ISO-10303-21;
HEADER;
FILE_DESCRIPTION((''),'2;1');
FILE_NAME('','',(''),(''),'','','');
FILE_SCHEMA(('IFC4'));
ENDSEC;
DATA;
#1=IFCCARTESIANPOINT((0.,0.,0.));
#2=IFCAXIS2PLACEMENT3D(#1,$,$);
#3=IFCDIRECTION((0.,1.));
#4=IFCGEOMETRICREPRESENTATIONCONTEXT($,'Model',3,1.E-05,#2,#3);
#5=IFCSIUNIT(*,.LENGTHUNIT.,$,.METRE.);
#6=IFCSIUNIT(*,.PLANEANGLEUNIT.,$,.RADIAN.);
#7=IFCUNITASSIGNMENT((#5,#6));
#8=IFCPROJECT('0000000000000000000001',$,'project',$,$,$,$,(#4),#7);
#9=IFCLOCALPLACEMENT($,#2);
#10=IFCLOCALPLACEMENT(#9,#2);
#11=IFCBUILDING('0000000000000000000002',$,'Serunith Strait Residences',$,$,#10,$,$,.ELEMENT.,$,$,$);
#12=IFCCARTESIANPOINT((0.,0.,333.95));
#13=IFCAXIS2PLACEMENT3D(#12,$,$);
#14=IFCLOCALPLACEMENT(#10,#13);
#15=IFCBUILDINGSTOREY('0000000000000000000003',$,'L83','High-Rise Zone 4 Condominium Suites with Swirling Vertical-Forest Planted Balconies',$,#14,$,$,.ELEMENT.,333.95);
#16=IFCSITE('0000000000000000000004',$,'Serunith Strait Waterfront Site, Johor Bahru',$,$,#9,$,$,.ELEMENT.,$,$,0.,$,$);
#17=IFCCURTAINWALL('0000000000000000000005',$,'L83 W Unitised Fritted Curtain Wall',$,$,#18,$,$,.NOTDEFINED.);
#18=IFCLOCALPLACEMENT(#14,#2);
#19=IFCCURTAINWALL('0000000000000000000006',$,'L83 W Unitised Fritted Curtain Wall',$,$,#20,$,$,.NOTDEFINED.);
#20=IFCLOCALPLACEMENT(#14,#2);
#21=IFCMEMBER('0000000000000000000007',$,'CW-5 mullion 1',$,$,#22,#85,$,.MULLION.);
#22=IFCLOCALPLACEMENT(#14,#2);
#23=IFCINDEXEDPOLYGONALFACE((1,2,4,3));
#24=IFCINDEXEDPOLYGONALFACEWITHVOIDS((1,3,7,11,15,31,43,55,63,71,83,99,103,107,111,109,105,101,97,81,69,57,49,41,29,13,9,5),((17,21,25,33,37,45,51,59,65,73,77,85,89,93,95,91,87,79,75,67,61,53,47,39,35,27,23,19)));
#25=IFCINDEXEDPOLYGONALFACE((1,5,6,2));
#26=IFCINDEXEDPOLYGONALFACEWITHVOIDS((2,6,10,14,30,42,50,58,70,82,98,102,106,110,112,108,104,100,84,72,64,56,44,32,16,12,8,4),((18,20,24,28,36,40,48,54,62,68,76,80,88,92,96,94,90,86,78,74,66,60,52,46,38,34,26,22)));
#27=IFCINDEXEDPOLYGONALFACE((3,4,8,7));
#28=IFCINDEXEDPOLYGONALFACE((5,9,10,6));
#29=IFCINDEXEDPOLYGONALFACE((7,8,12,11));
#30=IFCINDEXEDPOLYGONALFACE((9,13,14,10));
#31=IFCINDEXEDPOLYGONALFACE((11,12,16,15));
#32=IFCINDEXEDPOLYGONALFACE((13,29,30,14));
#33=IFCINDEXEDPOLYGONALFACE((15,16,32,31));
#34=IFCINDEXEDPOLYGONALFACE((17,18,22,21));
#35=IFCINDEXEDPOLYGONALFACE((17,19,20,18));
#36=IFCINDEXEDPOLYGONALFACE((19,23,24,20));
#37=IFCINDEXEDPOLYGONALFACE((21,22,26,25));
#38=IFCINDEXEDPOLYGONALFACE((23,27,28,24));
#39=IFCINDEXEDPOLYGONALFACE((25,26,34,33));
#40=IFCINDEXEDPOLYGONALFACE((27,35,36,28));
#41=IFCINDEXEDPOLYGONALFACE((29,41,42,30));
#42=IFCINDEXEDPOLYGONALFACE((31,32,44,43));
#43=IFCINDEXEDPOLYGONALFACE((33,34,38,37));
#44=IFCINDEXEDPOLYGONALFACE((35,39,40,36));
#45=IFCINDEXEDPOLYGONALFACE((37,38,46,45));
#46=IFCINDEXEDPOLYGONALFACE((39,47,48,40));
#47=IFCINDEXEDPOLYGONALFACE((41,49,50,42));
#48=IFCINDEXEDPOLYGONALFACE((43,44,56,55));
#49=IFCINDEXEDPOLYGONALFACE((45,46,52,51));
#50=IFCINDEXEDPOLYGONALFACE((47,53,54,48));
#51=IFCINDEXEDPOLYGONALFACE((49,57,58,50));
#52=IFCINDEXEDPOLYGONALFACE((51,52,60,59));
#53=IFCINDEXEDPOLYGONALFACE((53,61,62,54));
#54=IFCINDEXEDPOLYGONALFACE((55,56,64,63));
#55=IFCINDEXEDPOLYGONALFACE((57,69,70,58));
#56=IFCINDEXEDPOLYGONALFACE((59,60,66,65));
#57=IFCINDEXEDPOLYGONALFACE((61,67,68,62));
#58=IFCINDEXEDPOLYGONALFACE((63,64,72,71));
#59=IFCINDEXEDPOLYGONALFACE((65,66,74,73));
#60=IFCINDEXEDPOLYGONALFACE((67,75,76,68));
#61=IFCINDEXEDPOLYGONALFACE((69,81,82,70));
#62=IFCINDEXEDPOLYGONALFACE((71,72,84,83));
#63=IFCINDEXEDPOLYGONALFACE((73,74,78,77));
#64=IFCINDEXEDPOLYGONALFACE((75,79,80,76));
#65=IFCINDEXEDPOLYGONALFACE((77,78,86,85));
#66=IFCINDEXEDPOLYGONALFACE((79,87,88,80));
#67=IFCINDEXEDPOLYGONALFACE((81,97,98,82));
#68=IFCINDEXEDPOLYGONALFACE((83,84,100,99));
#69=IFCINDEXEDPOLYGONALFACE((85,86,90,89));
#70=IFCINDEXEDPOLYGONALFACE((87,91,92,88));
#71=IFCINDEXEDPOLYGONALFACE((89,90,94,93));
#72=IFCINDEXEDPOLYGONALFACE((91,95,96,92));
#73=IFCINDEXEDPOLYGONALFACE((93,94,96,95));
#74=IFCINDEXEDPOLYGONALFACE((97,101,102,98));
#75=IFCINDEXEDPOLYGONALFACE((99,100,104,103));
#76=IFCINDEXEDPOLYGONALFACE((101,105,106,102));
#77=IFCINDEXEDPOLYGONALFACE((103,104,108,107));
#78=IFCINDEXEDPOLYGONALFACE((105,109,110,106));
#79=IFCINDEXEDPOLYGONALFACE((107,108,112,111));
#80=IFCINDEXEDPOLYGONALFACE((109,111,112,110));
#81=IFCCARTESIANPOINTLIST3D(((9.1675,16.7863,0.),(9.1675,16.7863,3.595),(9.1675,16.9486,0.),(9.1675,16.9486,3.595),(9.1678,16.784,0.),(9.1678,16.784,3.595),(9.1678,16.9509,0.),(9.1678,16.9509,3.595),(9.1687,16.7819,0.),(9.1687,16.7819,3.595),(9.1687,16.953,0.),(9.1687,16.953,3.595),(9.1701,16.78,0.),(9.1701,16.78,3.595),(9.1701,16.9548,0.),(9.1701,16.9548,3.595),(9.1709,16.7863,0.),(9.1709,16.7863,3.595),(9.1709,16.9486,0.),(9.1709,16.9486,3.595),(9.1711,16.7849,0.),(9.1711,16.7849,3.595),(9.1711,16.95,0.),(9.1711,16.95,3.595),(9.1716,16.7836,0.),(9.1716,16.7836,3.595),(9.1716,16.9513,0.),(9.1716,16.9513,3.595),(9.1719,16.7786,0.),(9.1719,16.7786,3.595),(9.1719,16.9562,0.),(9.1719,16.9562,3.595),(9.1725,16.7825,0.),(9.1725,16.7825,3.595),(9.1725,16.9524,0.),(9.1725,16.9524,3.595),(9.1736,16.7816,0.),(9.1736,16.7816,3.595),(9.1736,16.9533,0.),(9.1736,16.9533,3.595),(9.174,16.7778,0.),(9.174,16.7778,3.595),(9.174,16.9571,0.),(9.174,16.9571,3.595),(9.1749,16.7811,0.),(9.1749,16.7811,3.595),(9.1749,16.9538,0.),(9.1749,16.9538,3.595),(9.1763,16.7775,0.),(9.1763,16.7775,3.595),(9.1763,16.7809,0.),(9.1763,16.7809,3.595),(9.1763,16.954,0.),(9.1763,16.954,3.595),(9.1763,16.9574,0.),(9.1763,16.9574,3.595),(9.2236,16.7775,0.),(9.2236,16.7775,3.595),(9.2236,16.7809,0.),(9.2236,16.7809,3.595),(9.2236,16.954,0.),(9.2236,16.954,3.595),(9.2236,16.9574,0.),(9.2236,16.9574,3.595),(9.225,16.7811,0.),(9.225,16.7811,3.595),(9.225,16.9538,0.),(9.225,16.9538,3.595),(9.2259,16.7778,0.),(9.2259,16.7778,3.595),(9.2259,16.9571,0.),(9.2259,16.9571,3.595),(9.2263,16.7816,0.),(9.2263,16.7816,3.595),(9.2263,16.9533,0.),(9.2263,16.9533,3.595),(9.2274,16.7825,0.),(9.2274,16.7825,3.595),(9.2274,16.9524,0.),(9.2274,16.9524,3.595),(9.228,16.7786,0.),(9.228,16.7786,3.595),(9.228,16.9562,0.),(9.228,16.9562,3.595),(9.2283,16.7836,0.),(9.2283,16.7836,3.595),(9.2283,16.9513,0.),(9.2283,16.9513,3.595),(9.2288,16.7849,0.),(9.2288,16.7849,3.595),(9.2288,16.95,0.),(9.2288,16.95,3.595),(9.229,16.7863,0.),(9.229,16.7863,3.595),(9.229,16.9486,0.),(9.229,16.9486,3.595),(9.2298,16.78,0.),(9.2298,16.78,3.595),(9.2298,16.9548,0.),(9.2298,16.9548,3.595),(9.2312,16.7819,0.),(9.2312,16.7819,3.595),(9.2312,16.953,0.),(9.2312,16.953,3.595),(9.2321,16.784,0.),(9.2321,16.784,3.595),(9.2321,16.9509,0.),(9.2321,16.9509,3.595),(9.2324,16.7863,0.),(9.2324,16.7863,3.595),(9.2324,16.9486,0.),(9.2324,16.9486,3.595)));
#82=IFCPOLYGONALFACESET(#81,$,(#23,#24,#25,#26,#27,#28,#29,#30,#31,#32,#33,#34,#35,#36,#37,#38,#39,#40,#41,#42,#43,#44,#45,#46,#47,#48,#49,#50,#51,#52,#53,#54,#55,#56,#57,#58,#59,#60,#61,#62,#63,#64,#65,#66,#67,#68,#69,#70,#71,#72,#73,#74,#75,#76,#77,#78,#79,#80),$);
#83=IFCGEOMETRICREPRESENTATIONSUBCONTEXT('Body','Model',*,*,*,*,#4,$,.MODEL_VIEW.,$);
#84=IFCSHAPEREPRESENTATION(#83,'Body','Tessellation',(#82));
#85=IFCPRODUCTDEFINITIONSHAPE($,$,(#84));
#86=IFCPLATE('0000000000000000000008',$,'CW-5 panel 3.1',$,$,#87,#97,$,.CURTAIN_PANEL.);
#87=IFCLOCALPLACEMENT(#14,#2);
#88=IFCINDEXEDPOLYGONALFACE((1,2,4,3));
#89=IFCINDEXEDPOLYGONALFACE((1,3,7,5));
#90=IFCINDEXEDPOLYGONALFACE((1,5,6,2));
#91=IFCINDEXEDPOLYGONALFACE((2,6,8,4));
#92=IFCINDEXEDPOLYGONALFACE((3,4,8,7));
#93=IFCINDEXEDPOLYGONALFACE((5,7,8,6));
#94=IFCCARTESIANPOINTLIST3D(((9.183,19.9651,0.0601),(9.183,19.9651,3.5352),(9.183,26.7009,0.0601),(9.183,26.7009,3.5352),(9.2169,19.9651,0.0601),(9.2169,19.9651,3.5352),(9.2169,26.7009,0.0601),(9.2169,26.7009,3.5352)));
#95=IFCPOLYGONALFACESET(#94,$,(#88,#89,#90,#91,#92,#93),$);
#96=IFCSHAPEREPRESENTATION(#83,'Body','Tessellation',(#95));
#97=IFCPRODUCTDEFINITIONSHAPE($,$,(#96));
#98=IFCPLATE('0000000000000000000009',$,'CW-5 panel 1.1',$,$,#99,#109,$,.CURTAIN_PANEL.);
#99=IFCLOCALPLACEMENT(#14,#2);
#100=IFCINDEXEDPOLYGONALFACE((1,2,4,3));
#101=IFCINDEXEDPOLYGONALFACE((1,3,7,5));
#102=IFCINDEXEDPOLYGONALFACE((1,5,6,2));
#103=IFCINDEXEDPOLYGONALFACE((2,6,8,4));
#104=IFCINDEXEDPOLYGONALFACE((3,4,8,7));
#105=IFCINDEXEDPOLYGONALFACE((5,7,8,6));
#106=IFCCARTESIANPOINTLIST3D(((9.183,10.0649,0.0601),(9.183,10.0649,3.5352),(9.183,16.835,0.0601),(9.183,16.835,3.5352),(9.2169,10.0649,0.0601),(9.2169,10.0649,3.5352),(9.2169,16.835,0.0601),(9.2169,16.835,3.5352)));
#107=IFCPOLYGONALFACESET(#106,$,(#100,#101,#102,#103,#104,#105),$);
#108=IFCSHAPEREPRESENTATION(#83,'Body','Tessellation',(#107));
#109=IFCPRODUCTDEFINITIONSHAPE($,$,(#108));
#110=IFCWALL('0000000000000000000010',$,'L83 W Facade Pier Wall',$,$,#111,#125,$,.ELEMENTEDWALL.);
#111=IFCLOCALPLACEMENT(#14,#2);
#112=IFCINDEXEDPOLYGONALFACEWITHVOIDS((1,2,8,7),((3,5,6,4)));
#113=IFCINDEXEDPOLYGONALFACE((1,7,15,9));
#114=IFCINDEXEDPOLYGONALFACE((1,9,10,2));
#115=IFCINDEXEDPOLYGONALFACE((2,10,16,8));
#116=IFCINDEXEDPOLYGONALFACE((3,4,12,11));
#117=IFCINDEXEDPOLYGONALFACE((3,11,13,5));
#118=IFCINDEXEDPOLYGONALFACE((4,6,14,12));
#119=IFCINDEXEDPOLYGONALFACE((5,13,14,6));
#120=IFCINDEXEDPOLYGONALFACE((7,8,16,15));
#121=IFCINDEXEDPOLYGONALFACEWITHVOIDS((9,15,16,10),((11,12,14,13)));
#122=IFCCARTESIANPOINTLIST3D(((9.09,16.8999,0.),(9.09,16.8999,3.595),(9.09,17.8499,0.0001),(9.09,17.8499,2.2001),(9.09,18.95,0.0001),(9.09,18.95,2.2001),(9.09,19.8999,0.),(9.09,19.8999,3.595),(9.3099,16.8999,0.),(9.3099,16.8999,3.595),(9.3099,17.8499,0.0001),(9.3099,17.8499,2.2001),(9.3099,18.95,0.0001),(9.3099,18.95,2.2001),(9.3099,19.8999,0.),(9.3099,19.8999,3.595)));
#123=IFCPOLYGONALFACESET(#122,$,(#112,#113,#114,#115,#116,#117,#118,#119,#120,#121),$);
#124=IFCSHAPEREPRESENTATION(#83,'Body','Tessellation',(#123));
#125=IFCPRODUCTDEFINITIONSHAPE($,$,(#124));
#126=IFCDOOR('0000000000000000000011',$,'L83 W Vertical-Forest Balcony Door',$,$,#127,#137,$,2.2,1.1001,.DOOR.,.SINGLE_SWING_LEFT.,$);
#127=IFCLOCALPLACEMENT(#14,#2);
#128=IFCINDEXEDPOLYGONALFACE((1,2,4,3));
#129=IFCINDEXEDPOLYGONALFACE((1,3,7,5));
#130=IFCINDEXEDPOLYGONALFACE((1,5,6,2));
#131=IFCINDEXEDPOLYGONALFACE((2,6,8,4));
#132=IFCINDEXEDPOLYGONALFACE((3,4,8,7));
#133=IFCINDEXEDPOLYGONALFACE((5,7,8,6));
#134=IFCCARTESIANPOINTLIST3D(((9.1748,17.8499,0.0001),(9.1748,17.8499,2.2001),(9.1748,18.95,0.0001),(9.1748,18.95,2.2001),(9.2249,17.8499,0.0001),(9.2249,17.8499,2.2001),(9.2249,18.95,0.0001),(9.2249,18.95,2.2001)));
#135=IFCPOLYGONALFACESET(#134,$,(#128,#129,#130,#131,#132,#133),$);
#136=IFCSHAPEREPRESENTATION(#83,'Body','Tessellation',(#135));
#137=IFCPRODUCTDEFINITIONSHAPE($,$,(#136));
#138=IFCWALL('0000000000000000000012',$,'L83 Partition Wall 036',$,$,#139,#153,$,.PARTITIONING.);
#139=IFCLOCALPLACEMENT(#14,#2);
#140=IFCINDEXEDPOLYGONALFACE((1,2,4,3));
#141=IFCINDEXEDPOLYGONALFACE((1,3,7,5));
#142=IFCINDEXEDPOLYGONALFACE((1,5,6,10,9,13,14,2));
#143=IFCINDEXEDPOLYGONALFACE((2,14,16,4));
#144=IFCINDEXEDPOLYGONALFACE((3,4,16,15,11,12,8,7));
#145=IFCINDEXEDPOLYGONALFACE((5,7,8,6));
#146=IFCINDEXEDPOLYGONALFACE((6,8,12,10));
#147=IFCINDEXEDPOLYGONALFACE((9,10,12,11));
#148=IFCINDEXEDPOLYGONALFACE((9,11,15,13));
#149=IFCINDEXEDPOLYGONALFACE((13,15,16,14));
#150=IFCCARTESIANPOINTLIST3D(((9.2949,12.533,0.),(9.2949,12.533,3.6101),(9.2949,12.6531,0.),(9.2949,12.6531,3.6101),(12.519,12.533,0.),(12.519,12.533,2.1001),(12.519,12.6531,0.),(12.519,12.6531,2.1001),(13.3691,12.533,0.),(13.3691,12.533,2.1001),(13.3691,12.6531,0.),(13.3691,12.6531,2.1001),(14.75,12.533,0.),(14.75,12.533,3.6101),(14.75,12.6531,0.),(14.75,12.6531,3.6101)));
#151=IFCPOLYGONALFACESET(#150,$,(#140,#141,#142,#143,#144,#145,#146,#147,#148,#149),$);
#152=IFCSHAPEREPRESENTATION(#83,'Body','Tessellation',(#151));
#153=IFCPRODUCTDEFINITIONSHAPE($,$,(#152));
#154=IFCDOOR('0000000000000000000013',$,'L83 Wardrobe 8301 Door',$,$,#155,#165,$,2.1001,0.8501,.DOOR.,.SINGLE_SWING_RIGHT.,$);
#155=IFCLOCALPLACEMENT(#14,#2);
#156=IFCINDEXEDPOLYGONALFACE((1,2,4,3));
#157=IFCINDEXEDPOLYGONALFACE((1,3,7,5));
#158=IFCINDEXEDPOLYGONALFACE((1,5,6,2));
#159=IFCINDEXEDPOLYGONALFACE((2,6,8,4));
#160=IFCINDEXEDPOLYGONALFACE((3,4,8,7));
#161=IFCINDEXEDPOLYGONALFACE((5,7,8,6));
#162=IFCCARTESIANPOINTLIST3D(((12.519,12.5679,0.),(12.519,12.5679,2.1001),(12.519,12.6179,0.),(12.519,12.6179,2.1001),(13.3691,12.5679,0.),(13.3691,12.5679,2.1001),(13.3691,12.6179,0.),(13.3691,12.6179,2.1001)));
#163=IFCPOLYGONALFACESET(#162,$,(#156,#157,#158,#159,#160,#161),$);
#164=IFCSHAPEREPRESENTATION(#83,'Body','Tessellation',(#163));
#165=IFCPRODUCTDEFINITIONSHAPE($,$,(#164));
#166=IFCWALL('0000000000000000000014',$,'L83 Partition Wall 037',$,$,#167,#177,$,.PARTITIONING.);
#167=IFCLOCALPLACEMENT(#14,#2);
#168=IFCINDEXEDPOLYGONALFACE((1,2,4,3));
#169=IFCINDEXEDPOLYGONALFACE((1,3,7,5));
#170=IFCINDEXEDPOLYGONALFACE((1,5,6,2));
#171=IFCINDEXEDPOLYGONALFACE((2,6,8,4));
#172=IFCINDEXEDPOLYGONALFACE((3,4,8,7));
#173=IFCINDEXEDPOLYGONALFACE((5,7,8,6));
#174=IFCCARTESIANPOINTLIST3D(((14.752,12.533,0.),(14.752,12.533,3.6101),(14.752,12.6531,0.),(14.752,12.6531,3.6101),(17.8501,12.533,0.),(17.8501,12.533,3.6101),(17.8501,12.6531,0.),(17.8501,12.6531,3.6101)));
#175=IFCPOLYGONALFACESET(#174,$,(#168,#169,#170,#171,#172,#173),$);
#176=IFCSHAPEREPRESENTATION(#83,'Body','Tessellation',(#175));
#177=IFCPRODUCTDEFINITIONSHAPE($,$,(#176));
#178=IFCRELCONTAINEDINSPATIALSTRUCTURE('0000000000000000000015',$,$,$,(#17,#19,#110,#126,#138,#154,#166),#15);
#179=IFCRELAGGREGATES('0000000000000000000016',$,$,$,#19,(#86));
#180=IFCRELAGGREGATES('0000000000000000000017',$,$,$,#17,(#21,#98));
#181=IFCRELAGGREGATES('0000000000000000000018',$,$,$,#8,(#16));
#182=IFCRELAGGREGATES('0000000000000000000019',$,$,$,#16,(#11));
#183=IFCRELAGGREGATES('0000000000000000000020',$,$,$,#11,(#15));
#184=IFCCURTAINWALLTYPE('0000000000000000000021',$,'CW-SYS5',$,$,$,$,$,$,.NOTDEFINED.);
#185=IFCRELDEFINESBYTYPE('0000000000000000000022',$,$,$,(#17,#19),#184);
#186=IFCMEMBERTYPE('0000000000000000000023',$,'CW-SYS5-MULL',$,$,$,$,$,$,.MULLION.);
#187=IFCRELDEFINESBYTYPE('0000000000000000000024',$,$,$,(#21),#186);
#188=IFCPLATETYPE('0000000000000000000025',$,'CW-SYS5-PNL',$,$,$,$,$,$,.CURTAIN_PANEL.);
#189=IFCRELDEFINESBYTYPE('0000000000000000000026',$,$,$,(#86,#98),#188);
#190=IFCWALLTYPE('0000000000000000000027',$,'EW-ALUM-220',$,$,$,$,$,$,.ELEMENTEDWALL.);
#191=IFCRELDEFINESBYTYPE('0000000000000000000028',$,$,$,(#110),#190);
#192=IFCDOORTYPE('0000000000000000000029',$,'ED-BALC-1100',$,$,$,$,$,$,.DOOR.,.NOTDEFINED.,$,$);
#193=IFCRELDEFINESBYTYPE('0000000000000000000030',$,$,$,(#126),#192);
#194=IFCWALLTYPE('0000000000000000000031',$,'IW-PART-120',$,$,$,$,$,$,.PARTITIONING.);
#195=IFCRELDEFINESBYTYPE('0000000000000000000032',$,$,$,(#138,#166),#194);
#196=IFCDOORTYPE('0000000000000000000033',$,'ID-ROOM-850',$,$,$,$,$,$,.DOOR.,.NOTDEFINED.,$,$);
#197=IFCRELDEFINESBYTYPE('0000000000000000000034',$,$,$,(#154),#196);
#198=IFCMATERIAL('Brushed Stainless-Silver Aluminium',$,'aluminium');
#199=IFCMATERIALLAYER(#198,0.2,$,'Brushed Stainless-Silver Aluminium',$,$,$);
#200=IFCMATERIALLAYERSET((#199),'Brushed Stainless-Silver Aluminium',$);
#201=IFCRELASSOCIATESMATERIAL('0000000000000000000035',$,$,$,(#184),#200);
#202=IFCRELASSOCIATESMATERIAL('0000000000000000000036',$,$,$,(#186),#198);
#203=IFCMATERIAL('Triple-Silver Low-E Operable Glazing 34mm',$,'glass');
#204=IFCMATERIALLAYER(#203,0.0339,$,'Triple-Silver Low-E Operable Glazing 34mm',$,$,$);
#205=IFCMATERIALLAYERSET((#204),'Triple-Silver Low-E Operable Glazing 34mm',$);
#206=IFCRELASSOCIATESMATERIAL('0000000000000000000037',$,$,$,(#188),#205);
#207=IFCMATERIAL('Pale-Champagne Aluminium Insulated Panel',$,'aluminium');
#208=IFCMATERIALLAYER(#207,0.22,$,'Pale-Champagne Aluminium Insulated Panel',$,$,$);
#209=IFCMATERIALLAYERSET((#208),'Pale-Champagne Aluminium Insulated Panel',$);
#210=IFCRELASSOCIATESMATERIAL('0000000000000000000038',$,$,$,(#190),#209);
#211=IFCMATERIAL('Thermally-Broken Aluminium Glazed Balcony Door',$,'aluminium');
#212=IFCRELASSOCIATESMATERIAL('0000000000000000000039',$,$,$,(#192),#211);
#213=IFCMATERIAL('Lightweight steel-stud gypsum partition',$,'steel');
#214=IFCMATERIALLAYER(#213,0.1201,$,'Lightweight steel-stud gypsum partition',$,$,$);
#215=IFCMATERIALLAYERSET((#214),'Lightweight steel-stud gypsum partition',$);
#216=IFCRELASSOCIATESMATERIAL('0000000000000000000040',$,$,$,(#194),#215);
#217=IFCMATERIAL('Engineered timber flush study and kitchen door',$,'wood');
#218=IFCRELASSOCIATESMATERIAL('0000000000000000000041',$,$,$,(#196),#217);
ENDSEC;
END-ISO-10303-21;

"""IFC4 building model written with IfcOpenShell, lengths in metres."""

from ifc_helpers import new_model, si_unit, direction, frame, frame_2d, origin, origin_2d, place, context, subcontext, project, spatial, rectangle, hollow_rectangle, extrude, source, transform, mapped, material, layer, layer_set, material_profile, profile_set, type_object, element, fill, aggregate, save


model = new_model("IFC4")

# Units and contexts
model_context = context("Model", 3, precision=1e-05, world=origin(), true_north=direction((0.0, 1.0)))
body_context = subcontext(model_context, "Body", "Model", "MODEL_VIEW")
ifc_project = project(units=[si_unit("LENGTHUNIT", "METRE"), si_unit("PLANEANGLEUNIT", "RADIAN")], contexts=[model_context])

# Site, building, storey
site_placement = place(None, origin())
site = spatial("IfcSite", under=ifc_project, at=site_placement, Name="Serunith Strait Waterfront Site, Johor Bahru", CompositionType="ELEMENT", RefElevation=0.0)
building_placement = place(site_placement, origin())
building = spatial("IfcBuilding", under=site, at=building_placement, Name="Serunith Strait Residences", CompositionType="ELEMENT")
storey_placement = place(building_placement, frame((0.0, 0.0, 333.95)))
storey = spatial("IfcBuildingStorey", under=building, at=storey_placement, Name="L83", Description="High-Rise Zone 4 Condominium Suites with Swirling Vertical-Forest Planted Balconies", CompositionType="ELEMENT", Elevation=333.95)

# Curtain wall
ifc_material_1 = material(Name="Brushed Stainless-Silver Aluminium", Category="aluminium")
ifc_layer_1 = layer(ifc_material_1, 0.2, Name="Brushed Stainless-Silver Aluminium")
ifc_layer_set_1 = layer_set([ifc_layer_1], Name="Brushed Stainless-Silver Aluminium")
curtain_wall_type = type_object("IfcCurtainWallType", Name="CW-SYS5", PredefinedType="NOTDEFINED", material=ifc_layer_set_1)
curtain_wall_1_placement = place(storey_placement, origin())
curtain_wall_1 = element("IfcCurtainWall", 1, at=curtain_wall_1_placement, inside=storey, type_object=curtain_wall_type, Name="L83 W Unitised Fritted Curtain Wall", PredefinedType="NOTDEFINED")

# Curtain wall
curtain_wall_2_placement = place(storey_placement, origin())
curtain_wall_2 = element("IfcCurtainWall", 2, at=curtain_wall_2_placement, inside=storey, type_object=curtain_wall_type, Name="L83 W Unitised Fritted Curtain Wall", PredefinedType="NOTDEFINED")
ifc_material_profile_1 = material_profile(ifc_material_1, hollow_rectangle(XDim=0.0649, YDim=0.1799, WallThickness=0.0034, InnerFilletRadius=0.0054, OuterFilletRadius=0.0088, at=origin_2d()), Name="ALU 180x65x3.5")
ifc_profile_set_1 = profile_set([ifc_material_profile_1], Name="Brushed Stainless-Silver Aluminium")
member_type_1 = type_object("IfcMemberType", Name="CW-SYS5-MULL", PredefinedType="MULLION", material=ifc_profile_set_1)
shared_shape_1 = source(origin(), body_context, "Body", "SweptSolid", [
    extrude(hollow_rectangle(XDim=0.0649, YDim=0.1799, WallThickness=0.0034, InnerFilletRadius=0.0054, OuterFilletRadius=0.0088, at=origin_2d()), origin(), (0.0, 0.0, 1.0), 3.595),
])

# Member
member_1_placement = place(storey_placement, frame((9.2, 16.8674, 0.0), z_axis=(0.0, 0.0, 1.0), x_axis=(1.0, 0.0, 0.0)))
member_1 = element("IfcMember", 3, at=member_1_placement, type_object=member_type_1, Name="CW-5 mullion 1", PredefinedType="MULLION", context=body_context, shape_type="MappedRepresentation", body=[
    mapped(shared_shape_1, transform((0.0, 0.0, 0.0), scale=1.0)),
])

# Plates
ifc_material_2 = material(Name="Triple-Silver Low-E Operable Glazing 34mm", Category="glass")
ifc_layer_2 = layer(ifc_material_2, 0.0339, Name="Triple-Silver Low-E Operable Glazing 34mm")
ifc_layer_set_2 = layer_set([ifc_layer_2], Name="Triple-Silver Low-E Operable Glazing 34mm")
plate_type = type_object("IfcPlateType", Name="CW-SYS5-PNL", PredefinedType="CURTAIN_PANEL", material=ifc_layer_set_2)
shared_shape_2 = source(origin(), body_context, "Body", "SweptSolid", [
    extrude(rectangle(XDim=6.7358, YDim=0.0339, at=origin_2d()), origin(), (0.0, 0.0, 1.0), 3.4751),
])
plate_1_placement = place(storey_placement, frame((9.2, 23.333, 0.0601), z_axis=(0.0, 0.0, 1.0), x_axis=(0.0, -1.0, 0.0)))
plate_1 = element("IfcPlate", 4, at=plate_1_placement, type_object=plate_type, Name="CW-5 panel 3.1", PredefinedType="CURTAIN_PANEL", context=body_context, shape_type="MappedRepresentation", body=[
    mapped(shared_shape_2, transform((0.0, 0.0, 0.0), scale=1.0)),
])
aggregate(curtain_wall_2, [plate_1])
shared_shape_3 = source(origin(), body_context, "Body", "SweptSolid", [
    extrude(rectangle(XDim=6.77, YDim=0.0339, at=origin_2d()), origin(), (0.0, 0.0, 1.0), 3.4751),
])
plate_2_placement = place(storey_placement, frame((9.2, 13.45, 0.0601), z_axis=(0.0, 0.0, 1.0), x_axis=(0.0, -1.0, 0.0)))
plate_2 = element("IfcPlate", 5, at=plate_2_placement, type_object=plate_type, Name="CW-5 panel 1.1", PredefinedType="CURTAIN_PANEL", context=body_context, shape_type="MappedRepresentation", body=[
    mapped(shared_shape_3, transform((0.0, 0.0, 0.0), scale=1.0)),
])
aggregate(curtain_wall_1, [member_1, plate_2])

# Walls, openings, doors
ifc_material_3 = material(Name="Pale-Champagne Aluminium Insulated Panel", Category="aluminium")
ifc_layer_3 = layer(ifc_material_3, 0.22, Name="Pale-Champagne Aluminium Insulated Panel")
ifc_layer_set_3 = layer_set([ifc_layer_3], Name="Pale-Champagne Aluminium Insulated Panel")
wall_type_1 = type_object("IfcWallType", Name="EW-ALUM-220", PredefinedType="ELEMENTEDWALL", material=ifc_layer_set_3)
wall_1_placement = place(storey_placement, frame((9.2, 19.8999, 0.0), z_axis=(0.0, 0.0, 1.0), x_axis=(0.0, -1.0, 0.0)))
wall_1 = element("IfcWall", 6, at=wall_1_placement, inside=storey, type_object=wall_type_1, Name="L83 W Facade Pier Wall", PredefinedType="ELEMENTEDWALL", context=body_context, shape_type="SweptSolid", body=[
    extrude(rectangle(XDim=3.0, YDim=0.22, at=frame_2d((1.5, 0.0))), origin(), (0.0, 0.0, 1.0), 3.595),
])
opening_1_placement = place(wall_1_placement, frame((0.95, 0.0, 0.0)))
opening_1 = element("IfcOpeningElement", 7, at=opening_1_placement, cuts=wall_1, PredefinedType="OPENING", context=body_context, shape_type="SweptSolid", body=[
    extrude(rectangle(XDim=1.1001, YDim=2.2, at=frame_2d((0.55, 1.1001))), frame((0.0, 0.1201, 0.0), z_axis=(0.0, -1.0, 0.0), x_axis=(1.0, 0.0, 0.0)), (0.0, 0.0, 1.0), 0.24),
])
ifc_material_4 = material(Name="Thermally-Broken Aluminium Glazed Balcony Door", Category="aluminium")
door_type_1 = type_object("IfcDoorType", Name="ED-BALC-1100", OperationType="NOTDEFINED", PredefinedType="DOOR", material=ifc_material_4)
shared_shape_4 = source(origin(), body_context, "Body", "SweptSolid", [
    extrude(rectangle(XDim=1.1001, YDim=2.2, at=frame_2d((0.55, 1.1001))), frame((0.0, 0.0249, 0.0), z_axis=(0.0, -1.0, 0.0), x_axis=(1.0, 0.0, 0.0)), (0.0, 0.0, 1.0), 0.05),
])
door_1_placement = place(opening_1_placement, origin())
door_1 = element("IfcDoor", 8, at=door_1_placement, inside=storey, type_object=door_type_1, Name="L83 W Vertical-Forest Balcony Door", OperationType="SINGLE_SWING_LEFT", OverallHeight=2.2, OverallWidth=1.1001, PredefinedType="DOOR", context=body_context, shape_type="MappedRepresentation", body=[
    mapped(shared_shape_4, transform((0.0, 0.0, 0.0), scale=1.0)),
])
fill(opening_1, door_1)
ifc_material_5 = material(Name="Lightweight steel-stud gypsum partition", Category="steel")
ifc_layer_4 = layer(ifc_material_5, 0.1201, Name="Lightweight steel-stud gypsum partition")
ifc_layer_set_4 = layer_set([ifc_layer_4], Name="Lightweight steel-stud gypsum partition")
wall_type_2 = type_object("IfcWallType", Name="IW-PART-120", PredefinedType="PARTITIONING", material=ifc_layer_set_4)
wall_2_placement = place(storey_placement, frame((9.2949, 12.593, 0.0), z_axis=(0.0, 0.0, 1.0), x_axis=(1.0, 0.0, 0.0)))
wall_2 = element("IfcWall", 9, at=wall_2_placement, inside=storey, type_object=wall_type_2, Name="L83 Partition Wall 036", PredefinedType="PARTITIONING", context=body_context, shape_type="SweptSolid", body=[
    extrude(rectangle(XDim=5.4551, YDim=0.1201, at=frame_2d((2.7275, 0.0))), origin(), (0.0, 0.0, 1.0), 3.6101),
])
opening_2_placement = place(wall_2_placement, frame((3.2241, 0.0, 0.0)))
opening_2 = element("IfcOpeningElement", 10, at=opening_2_placement, cuts=wall_2, PredefinedType="OPENING", context=body_context, shape_type="SweptSolid", body=[
    extrude(rectangle(XDim=0.8501, YDim=2.1001, at=frame_2d((0.425, 1.05))), frame((0.0, 0.0701, 0.0), z_axis=(0.0, -1.0, 0.0), x_axis=(1.0, 0.0, 0.0)), (0.0, 0.0, 1.0), 0.1401),
])
ifc_material_6 = material(Name="Engineered timber flush study and kitchen door", Category="wood")
door_type_2 = type_object("IfcDoorType", Name="ID-ROOM-850", OperationType="NOTDEFINED", PredefinedType="DOOR", material=ifc_material_6)
shared_shape_5 = source(origin(), body_context, "Body", "SweptSolid", [
    extrude(rectangle(XDim=0.8501, YDim=2.1001, at=frame_2d((0.425, 1.05))), frame((0.0, 0.0249, 0.0), z_axis=(0.0, -1.0, 0.0), x_axis=(1.0, 0.0, 0.0)), (0.0, 0.0, 1.0), 0.05),
])
door_2_placement = place(opening_2_placement, origin())
door_2 = element("IfcDoor", 11, at=door_2_placement, inside=storey, type_object=door_type_2, Name="L83 Wardrobe 8301 Door", OperationType="SINGLE_SWING_RIGHT", OverallHeight=2.1001, OverallWidth=0.8501, PredefinedType="DOOR", context=body_context, shape_type="MappedRepresentation", body=[
    mapped(shared_shape_5, transform((0.0, 0.0, 0.0), scale=1.0)),
])
fill(opening_2, door_2)

# Wall
wall_3_placement = place(storey_placement, frame((14.752, 12.593, 0.0), z_axis=(0.0, 0.0, 1.0), x_axis=(1.0, 0.0, 0.0)))
element("IfcWall", 12, at=wall_3_placement, inside=storey, type_object=wall_type_2, Name="L83 Partition Wall 037", PredefinedType="PARTITIONING", context=body_context, shape_type="SweptSolid", body=[
    extrude(rectangle(XDim=3.0981, YDim=0.1201, at=frame_2d((1.5491, 0.0))), origin(), (0.0, 0.0, 1.0), 3.6101),
])

save(model, "model.ifc")
